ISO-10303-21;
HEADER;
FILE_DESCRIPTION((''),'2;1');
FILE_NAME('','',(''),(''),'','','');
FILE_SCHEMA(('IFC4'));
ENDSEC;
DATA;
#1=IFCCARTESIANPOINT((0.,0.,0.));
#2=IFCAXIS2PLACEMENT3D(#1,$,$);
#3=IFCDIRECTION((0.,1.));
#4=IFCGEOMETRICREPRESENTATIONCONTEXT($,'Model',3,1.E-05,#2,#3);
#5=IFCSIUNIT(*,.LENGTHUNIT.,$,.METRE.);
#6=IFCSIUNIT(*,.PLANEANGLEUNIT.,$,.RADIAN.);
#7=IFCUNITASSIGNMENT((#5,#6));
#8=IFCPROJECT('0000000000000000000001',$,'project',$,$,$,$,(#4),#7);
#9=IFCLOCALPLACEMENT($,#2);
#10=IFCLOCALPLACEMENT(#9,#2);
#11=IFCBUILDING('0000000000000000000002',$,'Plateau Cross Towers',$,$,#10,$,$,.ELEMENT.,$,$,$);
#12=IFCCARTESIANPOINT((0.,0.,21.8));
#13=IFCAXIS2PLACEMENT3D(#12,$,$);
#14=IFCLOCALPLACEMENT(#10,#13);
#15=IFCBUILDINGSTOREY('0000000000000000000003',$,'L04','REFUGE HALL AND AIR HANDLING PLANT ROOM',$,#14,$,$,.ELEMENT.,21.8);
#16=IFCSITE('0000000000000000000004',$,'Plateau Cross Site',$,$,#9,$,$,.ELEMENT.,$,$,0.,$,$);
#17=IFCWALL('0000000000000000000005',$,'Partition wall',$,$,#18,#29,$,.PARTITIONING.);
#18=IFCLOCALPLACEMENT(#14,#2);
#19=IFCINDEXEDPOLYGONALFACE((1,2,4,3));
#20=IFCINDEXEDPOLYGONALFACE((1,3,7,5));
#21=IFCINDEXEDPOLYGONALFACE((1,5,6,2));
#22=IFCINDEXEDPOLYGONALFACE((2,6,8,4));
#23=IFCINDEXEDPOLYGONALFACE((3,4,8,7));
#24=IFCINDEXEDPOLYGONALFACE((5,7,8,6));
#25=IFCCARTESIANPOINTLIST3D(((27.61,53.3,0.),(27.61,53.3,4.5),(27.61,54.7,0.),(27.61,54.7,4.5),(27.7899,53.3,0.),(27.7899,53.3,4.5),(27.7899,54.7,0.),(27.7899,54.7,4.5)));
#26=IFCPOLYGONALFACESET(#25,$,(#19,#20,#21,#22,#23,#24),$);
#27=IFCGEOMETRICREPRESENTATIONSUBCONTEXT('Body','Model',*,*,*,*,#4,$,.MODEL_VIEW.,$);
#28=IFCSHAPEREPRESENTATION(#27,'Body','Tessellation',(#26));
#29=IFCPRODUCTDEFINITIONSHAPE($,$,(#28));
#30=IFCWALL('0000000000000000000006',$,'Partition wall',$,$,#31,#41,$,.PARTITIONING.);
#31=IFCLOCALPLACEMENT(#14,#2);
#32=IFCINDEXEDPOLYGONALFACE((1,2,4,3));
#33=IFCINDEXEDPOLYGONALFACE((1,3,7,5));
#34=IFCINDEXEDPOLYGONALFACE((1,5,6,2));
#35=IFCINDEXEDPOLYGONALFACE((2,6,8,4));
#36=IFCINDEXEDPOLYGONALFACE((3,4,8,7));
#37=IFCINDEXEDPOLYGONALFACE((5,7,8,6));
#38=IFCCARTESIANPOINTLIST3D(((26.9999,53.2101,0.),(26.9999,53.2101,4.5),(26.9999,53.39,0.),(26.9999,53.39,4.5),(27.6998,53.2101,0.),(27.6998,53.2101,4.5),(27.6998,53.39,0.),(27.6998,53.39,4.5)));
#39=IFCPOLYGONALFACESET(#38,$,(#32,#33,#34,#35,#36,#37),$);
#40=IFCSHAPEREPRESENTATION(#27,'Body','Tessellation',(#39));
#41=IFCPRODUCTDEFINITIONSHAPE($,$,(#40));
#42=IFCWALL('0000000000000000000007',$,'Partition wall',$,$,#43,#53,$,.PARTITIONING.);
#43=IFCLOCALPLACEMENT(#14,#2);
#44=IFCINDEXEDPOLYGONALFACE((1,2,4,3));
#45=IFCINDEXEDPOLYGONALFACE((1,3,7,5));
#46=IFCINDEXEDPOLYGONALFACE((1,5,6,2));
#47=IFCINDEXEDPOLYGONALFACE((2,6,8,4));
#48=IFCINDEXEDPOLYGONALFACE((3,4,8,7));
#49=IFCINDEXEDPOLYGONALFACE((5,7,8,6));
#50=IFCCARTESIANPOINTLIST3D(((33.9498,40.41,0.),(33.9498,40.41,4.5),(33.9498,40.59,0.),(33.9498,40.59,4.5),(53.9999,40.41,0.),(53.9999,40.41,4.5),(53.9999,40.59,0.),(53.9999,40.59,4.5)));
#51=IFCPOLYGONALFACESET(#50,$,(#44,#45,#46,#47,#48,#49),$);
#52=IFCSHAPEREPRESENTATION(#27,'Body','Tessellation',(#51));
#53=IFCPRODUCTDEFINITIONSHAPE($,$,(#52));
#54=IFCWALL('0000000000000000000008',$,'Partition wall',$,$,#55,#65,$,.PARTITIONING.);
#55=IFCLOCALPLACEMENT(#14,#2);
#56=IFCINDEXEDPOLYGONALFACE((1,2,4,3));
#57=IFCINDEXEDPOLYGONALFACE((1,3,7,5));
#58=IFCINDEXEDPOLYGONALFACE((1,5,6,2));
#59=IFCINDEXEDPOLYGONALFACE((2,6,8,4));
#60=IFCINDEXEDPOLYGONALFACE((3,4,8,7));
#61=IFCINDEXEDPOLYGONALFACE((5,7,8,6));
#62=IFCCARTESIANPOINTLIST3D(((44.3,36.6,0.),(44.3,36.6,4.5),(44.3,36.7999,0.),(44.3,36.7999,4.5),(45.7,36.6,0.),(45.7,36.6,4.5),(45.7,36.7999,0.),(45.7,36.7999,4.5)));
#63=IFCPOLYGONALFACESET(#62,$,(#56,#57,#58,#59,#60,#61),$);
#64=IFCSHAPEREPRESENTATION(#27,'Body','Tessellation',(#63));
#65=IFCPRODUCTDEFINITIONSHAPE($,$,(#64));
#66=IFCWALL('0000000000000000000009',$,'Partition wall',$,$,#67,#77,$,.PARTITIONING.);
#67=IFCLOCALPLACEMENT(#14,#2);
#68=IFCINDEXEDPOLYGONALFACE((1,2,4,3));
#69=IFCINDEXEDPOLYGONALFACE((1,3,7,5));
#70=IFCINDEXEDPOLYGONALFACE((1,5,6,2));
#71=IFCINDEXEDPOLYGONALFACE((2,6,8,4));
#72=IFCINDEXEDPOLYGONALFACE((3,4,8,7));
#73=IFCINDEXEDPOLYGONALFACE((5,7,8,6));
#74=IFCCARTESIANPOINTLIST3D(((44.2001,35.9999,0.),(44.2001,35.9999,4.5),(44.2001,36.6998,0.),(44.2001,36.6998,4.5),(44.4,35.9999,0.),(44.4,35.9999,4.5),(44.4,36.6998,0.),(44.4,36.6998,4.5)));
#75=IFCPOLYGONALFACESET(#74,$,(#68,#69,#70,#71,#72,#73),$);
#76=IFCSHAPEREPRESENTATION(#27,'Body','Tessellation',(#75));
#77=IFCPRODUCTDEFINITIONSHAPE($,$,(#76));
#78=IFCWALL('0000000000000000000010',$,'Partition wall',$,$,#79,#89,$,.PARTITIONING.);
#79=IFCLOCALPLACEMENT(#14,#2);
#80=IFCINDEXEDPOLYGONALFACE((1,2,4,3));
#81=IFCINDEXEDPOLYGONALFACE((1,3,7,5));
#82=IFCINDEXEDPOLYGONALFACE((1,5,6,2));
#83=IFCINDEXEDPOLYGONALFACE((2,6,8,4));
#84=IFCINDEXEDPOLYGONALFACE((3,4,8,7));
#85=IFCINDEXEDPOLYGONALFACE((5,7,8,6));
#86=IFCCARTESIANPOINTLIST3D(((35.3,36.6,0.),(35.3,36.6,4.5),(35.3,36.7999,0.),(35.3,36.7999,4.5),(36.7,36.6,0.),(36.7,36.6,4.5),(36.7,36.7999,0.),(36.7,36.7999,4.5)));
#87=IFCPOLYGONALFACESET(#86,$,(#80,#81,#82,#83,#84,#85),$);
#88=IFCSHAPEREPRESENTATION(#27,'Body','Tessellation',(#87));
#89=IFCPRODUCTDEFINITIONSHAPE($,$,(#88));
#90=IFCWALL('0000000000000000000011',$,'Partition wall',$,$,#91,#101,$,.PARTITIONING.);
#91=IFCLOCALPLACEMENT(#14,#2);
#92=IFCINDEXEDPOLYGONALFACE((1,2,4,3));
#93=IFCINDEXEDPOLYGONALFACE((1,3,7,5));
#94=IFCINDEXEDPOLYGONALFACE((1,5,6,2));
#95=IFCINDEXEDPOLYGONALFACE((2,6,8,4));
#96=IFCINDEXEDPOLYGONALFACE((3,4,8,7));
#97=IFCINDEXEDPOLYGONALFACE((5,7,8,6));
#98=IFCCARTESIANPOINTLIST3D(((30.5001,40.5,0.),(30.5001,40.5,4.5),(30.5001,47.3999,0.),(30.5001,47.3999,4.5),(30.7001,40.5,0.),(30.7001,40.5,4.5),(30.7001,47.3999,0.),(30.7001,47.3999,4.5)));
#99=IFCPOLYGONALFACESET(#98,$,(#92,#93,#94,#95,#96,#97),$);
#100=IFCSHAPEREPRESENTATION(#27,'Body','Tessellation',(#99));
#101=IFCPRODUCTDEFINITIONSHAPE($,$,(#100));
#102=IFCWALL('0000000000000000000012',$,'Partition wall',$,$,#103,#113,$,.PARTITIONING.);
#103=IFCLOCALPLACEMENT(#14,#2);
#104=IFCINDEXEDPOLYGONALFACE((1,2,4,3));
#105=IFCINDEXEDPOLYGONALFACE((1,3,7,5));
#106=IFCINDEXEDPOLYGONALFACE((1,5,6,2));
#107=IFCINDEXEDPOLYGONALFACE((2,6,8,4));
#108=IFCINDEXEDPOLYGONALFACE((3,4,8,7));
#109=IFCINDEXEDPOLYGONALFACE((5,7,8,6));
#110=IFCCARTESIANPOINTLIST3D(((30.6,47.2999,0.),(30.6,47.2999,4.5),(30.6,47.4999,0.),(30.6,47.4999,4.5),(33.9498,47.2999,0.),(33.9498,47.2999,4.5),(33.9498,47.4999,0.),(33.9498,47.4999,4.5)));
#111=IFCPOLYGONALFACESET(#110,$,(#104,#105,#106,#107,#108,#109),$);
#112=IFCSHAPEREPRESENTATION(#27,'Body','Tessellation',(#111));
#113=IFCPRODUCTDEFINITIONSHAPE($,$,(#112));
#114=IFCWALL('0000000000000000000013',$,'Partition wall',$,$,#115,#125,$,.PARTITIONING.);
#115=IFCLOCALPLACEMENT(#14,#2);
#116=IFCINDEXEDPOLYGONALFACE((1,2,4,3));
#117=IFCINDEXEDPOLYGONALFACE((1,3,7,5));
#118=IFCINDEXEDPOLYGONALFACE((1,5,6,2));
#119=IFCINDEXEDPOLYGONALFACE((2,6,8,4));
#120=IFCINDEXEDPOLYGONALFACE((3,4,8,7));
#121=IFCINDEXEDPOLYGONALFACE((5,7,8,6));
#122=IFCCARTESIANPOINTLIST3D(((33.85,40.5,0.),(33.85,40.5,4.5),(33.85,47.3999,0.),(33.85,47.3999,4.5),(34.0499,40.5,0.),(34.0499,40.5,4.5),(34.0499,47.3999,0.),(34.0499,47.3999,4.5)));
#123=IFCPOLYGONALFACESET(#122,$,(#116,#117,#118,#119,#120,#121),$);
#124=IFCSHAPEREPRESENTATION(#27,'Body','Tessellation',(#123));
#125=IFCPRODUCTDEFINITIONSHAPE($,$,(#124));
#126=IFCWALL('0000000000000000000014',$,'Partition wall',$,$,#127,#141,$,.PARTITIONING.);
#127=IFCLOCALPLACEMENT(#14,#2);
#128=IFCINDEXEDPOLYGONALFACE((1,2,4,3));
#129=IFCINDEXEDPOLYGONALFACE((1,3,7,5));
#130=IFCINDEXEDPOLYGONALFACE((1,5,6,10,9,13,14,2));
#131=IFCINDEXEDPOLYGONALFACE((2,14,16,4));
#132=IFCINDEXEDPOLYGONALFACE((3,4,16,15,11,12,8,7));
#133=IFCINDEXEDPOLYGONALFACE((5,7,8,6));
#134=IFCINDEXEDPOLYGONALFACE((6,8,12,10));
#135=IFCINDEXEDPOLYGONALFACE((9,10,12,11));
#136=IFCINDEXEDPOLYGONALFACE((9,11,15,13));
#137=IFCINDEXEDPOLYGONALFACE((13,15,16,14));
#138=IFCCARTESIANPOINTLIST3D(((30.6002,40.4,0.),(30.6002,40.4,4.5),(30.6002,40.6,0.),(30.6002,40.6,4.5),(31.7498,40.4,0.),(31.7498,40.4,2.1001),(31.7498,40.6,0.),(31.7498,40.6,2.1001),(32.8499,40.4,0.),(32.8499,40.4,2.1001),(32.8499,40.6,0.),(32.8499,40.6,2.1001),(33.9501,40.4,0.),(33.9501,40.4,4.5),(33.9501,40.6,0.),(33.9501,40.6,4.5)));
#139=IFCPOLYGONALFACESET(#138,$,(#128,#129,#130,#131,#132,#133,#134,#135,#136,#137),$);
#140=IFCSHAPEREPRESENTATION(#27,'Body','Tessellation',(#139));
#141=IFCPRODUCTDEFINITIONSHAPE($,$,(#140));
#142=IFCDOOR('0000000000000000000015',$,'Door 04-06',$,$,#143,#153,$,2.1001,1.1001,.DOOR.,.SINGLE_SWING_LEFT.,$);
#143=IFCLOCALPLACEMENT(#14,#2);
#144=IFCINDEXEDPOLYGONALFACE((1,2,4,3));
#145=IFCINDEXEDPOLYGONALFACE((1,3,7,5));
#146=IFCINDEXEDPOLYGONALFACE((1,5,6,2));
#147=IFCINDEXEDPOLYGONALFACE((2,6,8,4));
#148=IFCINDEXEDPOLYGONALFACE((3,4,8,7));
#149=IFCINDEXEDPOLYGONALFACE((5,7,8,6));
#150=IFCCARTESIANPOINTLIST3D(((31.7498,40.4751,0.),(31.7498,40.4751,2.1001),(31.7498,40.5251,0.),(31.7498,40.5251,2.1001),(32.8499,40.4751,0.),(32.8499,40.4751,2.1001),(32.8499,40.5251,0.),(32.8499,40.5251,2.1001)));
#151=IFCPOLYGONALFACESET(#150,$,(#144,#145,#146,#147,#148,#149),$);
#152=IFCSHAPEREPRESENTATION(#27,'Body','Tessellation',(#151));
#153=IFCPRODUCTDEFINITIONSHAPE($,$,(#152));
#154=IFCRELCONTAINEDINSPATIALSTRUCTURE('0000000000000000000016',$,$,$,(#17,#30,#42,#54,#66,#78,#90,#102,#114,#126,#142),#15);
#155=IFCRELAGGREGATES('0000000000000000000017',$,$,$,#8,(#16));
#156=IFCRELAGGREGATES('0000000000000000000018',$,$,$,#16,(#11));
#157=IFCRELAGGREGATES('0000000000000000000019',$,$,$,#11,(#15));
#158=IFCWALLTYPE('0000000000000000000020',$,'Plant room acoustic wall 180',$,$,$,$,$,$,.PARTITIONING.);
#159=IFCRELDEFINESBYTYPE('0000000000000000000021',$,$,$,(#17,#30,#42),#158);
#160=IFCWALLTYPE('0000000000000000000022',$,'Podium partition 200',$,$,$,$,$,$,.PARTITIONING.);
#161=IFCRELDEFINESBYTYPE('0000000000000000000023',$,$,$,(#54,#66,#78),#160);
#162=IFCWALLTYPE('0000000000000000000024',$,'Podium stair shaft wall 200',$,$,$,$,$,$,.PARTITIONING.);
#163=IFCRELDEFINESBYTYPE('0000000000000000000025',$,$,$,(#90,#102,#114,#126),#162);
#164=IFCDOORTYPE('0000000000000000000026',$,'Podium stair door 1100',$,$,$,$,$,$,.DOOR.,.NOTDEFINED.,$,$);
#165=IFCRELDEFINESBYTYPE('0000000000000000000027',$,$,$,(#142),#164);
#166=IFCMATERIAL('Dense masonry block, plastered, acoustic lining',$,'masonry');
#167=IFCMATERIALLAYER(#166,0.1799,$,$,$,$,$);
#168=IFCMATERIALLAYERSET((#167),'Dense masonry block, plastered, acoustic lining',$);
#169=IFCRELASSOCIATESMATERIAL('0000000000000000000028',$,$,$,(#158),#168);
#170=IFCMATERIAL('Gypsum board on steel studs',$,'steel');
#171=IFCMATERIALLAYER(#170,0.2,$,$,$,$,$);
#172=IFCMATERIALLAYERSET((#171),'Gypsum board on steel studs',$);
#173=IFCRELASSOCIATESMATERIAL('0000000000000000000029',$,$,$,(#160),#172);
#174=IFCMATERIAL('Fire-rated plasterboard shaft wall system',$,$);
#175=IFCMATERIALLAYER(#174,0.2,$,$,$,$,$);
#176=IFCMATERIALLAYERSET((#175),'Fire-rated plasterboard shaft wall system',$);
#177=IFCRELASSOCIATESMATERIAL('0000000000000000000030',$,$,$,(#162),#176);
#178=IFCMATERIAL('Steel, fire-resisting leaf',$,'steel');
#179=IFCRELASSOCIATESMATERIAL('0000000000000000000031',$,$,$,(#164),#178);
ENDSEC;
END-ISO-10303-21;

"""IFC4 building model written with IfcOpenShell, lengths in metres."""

from ifc_helpers import new_model, si_unit, direction, frame, frame_2d, origin, place, context, subcontext, project, spatial, rectangle, extrude, material, layer, layer_set, type_object, element, fill, save


model = new_model("IFC4")

# Units and contexts
model_context = context("Model", 3, precision=1e-05, world=origin(), true_north=direction((0.0, 1.0)))
body_context = subcontext(model_context, "Body", "Model", "MODEL_VIEW")
ifc_project = project(units=[si_unit("LENGTHUNIT", "METRE"), si_unit("PLANEANGLEUNIT", "RADIAN")], contexts=[model_context])

# Site, building, storey
site_placement = place(None, origin())
site = spatial("IfcSite", under=ifc_project, at=site_placement, Name="Plateau Cross Site", CompositionType="ELEMENT", RefElevation=0.0)
building_placement = place(site_placement, origin())
building = spatial("IfcBuilding", under=site, at=building_placement, Name="Plateau Cross Towers", CompositionType="ELEMENT")
storey_placement = place(building_placement, frame((0.0, 0.0, 21.8)))
storey = spatial("IfcBuildingStorey", under=building, at=storey_placement, Name="L04", Description="REFUGE HALL AND AIR HANDLING PLANT ROOM", CompositionType="ELEMENT", Elevation=21.8)

# Walls
ifc_material_1 = material(Name="Dense masonry block, plastered, acoustic lining", Category="masonry")
ifc_layer_1 = layer(ifc_material_1, 0.1799)
ifc_layer_set_1 = layer_set([ifc_layer_1], Name="Dense masonry block, plastered, acoustic lining")
wall_type_1 = type_object("IfcWallType", Name="Plant room acoustic wall 180", PredefinedType="PARTITIONING", material=ifc_layer_set_1)
wall_1_placement = place(storey_placement, frame((27.7, 54.7, 0.0), z_axis=(0.0, 0.0, 1.0), x_axis=(0.0, -1.0, 0.0)))
element("IfcWall", 1, at=wall_1_placement, inside=storey, type_object=wall_type_1, Name="Partition wall", PredefinedType="PARTITIONING", context=body_context, shape_type="SweptSolid", body=[
    extrude(rectangle(XDim=1.3999, YDim=0.1799, at=frame_2d((0.7, 0.0))), origin(), (0.0, 0.0, 1.0), 4.5),
])
wall_2_placement = place(storey_placement, frame((27.7, 53.3, 0.0), z_axis=(0.0, 0.0, 1.0), x_axis=(-1.0, 0.0, 0.0)))
element("IfcWall", 2, at=wall_2_placement, inside=storey, type_object=wall_type_1, Name="Partition wall", PredefinedType="PARTITIONING", context=body_context, shape_type="SweptSolid", body=[
    extrude(rectangle(XDim=0.7, YDim=0.1799, at=frame_2d((0.3501, 0.0))), origin(), (0.0, 0.0, 1.0), 4.5),
])
wall_3_placement = place(storey_placement, frame((33.95, 40.5, 0.0), z_axis=(0.0, 0.0, 1.0), x_axis=(1.0, 0.0, 0.0)))
element("IfcWall", 3, at=wall_3_placement, inside=storey, type_object=wall_type_1, Name="Partition wall", PredefinedType="PARTITIONING", context=body_context, shape_type="SweptSolid", body=[
    extrude(rectangle(XDim=20.05, YDim=0.1799, at=frame_2d((10.0249, 0.0))), origin(), (0.0, 0.0, 1.0), 4.5),
])
ifc_material_2 = material(Name="Gypsum board on steel studs", Category="steel")
ifc_layer_2 = layer(ifc_material_2, 0.2)
ifc_layer_set_2 = layer_set([ifc_layer_2], Name="Gypsum board on steel studs")
wall_type_2 = type_object("IfcWallType", Name="Podium partition 200", PredefinedType="PARTITIONING", material=ifc_layer_set_2)
wall_4_placement = place(storey_placement, frame((45.7, 36.7, 0.0), z_axis=(0.0, 0.0, 1.0), x_axis=(-1.0, 0.0, 0.0)))
element("IfcWall", 4, at=wall_4_placement, inside=storey, type_object=wall_type_2, Name="Partition wall", PredefinedType="PARTITIONING", context=body_context, shape_type="SweptSolid", body=[
    extrude(rectangle(XDim=1.3999, YDim=0.2, at=frame_2d((0.7, 0.0))), origin(), (0.0, 0.0, 1.0), 4.5),
])
wall_5_placement = place(storey_placement, frame((44.3, 36.7, 0.0), z_axis=(0.0, 0.0, 1.0), x_axis=(0.0, -1.0, 0.0)))
element("IfcWall", 5, at=wall_5_placement, inside=storey, type_object=wall_type_2, Name="Partition wall", PredefinedType="PARTITIONING", context=body_context, shape_type="SweptSolid", body=[
    extrude(rectangle(XDim=0.7, YDim=0.2, at=frame_2d((0.3501, 0.0))), origin(), (0.0, 0.0, 1.0), 4.5),
])
wall_6_placement = place(storey_placement, frame((36.7, 36.7, 0.0), z_axis=(0.0, 0.0, 1.0), x_axis=(-1.0, 0.0, 0.0)))
element("IfcWall", 6, at=wall_6_placement, inside=storey, type_object=wall_type_2, Name="Partition wall", PredefinedType="PARTITIONING", context=body_context, shape_type="SweptSolid", body=[
    extrude(rectangle(XDim=1.3999, YDim=0.2, at=frame_2d((0.7, 0.0))), origin(), (0.0, 0.0, 1.0), 4.5),
])
ifc_material_3 = material(Name="Fire-rated plasterboard shaft wall system")
ifc_layer_3 = layer(ifc_material_3, 0.2)
ifc_layer_set_3 = layer_set([ifc_layer_3], Name="Fire-rated plasterboard shaft wall system")
wall_type_3 = type_object("IfcWallType", Name="Podium stair shaft wall 200", PredefinedType="PARTITIONING", material=ifc_layer_set_3)
wall_7_placement = place(storey_placement, frame((30.6001, 40.5, 0.0), z_axis=(0.0, 0.0, 1.0), x_axis=(0.0, 1.0, 0.0)))
element("IfcWall", 7, at=wall_7_placement, inside=storey, type_object=wall_type_3, Name="Partition wall", PredefinedType="PARTITIONING", context=body_context, shape_type="SweptSolid", body=[
    extrude(rectangle(XDim=6.8999, YDim=0.2, at=frame_2d((3.45, 0.0))), origin(), (0.0, 0.0, 1.0), 4.5),
])
wall_8_placement = place(storey_placement, frame((30.6001, 47.3999, 0.0), z_axis=(0.0, 0.0, 1.0), x_axis=(1.0, 0.0, 0.0)))
element("IfcWall", 8, at=wall_8_placement, inside=storey, type_object=wall_type_3, Name="Partition wall", PredefinedType="PARTITIONING", context=body_context, shape_type="SweptSolid", body=[
    extrude(rectangle(XDim=3.3499, YDim=0.2, at=frame_2d((1.6748, 0.0))), origin(), (0.0, 0.0, 1.0), 4.5),
])
wall_9_placement = place(storey_placement, frame((33.95, 47.3999, 0.0), z_axis=(0.0, 0.0, 1.0), x_axis=(0.0, -1.0, 0.0)))
element("IfcWall", 9, at=wall_9_placement, inside=storey, type_object=wall_type_3, Name="Partition wall", PredefinedType="PARTITIONING", context=body_context, shape_type="SweptSolid", body=[
    extrude(rectangle(XDim=6.8999, YDim=0.2, at=frame_2d((3.45, 0.0))), origin(), (0.0, 0.0, 1.0), 4.5),
])

# Wall, opening, door
wall_10_placement = place(storey_placement, frame((33.95, 40.5, 0.0), z_axis=(0.0, 0.0, 1.0), x_axis=(-1.0, 0.0, 0.0)))
wall_10 = element("IfcWall", 10, at=wall_10_placement, inside=storey, type_object=wall_type_3, Name="Partition wall", PredefinedType="PARTITIONING", context=body_context, shape_type="SweptSolid", body=[
    extrude(rectangle(XDim=3.3499, YDim=0.2, at=frame_2d((1.6748, 0.0))), origin(), (0.0, 0.0, 1.0), 4.5),
])
opening_placement = place(wall_10_placement, frame((1.1001, 0.0, 0.0)))
opening = element("IfcOpeningElement", 11, at=opening_placement, cuts=wall_10, PredefinedType="OPENING", context=body_context, shape_type="SweptSolid", body=[
    extrude(rectangle(XDim=1.1001, YDim=2.1001, at=frame_2d((0.55, 1.05))), frame((0.0, 0.1099, 0.0), z_axis=(0.0, -1.0, 0.0), x_axis=(1.0, 0.0, 0.0)), (0.0, 0.0, 1.0), 0.22),
])
ifc_material_4 = material(Name="Steel, fire-resisting leaf", Category="steel")
door_type = type_object("IfcDoorType", Name="Podium stair door 1100", OperationType="NOTDEFINED", PredefinedType="DOOR", material=ifc_material_4)
door_placement = place(opening_placement, origin())
door = element("IfcDoor", 12, at=door_placement, inside=storey, type_object=door_type, Name="Door 04-06", OperationType="SINGLE_SWING_LEFT", OverallHeight=2.1001, OverallWidth=1.1001, PredefinedType="DOOR", context=body_context, shape_type="SweptSolid", body=[
    extrude(rectangle(XDim=1.1001, YDim=2.1001, at=frame_2d((0.55, 1.05))), frame((0.0, 0.0249, 0.0), z_axis=(0.0, -1.0, 0.0), x_axis=(1.0, 0.0, 0.0)), (0.0, 0.0, 1.0), 0.05),
])
fill(opening, door)

save(model, "model.ifc")
